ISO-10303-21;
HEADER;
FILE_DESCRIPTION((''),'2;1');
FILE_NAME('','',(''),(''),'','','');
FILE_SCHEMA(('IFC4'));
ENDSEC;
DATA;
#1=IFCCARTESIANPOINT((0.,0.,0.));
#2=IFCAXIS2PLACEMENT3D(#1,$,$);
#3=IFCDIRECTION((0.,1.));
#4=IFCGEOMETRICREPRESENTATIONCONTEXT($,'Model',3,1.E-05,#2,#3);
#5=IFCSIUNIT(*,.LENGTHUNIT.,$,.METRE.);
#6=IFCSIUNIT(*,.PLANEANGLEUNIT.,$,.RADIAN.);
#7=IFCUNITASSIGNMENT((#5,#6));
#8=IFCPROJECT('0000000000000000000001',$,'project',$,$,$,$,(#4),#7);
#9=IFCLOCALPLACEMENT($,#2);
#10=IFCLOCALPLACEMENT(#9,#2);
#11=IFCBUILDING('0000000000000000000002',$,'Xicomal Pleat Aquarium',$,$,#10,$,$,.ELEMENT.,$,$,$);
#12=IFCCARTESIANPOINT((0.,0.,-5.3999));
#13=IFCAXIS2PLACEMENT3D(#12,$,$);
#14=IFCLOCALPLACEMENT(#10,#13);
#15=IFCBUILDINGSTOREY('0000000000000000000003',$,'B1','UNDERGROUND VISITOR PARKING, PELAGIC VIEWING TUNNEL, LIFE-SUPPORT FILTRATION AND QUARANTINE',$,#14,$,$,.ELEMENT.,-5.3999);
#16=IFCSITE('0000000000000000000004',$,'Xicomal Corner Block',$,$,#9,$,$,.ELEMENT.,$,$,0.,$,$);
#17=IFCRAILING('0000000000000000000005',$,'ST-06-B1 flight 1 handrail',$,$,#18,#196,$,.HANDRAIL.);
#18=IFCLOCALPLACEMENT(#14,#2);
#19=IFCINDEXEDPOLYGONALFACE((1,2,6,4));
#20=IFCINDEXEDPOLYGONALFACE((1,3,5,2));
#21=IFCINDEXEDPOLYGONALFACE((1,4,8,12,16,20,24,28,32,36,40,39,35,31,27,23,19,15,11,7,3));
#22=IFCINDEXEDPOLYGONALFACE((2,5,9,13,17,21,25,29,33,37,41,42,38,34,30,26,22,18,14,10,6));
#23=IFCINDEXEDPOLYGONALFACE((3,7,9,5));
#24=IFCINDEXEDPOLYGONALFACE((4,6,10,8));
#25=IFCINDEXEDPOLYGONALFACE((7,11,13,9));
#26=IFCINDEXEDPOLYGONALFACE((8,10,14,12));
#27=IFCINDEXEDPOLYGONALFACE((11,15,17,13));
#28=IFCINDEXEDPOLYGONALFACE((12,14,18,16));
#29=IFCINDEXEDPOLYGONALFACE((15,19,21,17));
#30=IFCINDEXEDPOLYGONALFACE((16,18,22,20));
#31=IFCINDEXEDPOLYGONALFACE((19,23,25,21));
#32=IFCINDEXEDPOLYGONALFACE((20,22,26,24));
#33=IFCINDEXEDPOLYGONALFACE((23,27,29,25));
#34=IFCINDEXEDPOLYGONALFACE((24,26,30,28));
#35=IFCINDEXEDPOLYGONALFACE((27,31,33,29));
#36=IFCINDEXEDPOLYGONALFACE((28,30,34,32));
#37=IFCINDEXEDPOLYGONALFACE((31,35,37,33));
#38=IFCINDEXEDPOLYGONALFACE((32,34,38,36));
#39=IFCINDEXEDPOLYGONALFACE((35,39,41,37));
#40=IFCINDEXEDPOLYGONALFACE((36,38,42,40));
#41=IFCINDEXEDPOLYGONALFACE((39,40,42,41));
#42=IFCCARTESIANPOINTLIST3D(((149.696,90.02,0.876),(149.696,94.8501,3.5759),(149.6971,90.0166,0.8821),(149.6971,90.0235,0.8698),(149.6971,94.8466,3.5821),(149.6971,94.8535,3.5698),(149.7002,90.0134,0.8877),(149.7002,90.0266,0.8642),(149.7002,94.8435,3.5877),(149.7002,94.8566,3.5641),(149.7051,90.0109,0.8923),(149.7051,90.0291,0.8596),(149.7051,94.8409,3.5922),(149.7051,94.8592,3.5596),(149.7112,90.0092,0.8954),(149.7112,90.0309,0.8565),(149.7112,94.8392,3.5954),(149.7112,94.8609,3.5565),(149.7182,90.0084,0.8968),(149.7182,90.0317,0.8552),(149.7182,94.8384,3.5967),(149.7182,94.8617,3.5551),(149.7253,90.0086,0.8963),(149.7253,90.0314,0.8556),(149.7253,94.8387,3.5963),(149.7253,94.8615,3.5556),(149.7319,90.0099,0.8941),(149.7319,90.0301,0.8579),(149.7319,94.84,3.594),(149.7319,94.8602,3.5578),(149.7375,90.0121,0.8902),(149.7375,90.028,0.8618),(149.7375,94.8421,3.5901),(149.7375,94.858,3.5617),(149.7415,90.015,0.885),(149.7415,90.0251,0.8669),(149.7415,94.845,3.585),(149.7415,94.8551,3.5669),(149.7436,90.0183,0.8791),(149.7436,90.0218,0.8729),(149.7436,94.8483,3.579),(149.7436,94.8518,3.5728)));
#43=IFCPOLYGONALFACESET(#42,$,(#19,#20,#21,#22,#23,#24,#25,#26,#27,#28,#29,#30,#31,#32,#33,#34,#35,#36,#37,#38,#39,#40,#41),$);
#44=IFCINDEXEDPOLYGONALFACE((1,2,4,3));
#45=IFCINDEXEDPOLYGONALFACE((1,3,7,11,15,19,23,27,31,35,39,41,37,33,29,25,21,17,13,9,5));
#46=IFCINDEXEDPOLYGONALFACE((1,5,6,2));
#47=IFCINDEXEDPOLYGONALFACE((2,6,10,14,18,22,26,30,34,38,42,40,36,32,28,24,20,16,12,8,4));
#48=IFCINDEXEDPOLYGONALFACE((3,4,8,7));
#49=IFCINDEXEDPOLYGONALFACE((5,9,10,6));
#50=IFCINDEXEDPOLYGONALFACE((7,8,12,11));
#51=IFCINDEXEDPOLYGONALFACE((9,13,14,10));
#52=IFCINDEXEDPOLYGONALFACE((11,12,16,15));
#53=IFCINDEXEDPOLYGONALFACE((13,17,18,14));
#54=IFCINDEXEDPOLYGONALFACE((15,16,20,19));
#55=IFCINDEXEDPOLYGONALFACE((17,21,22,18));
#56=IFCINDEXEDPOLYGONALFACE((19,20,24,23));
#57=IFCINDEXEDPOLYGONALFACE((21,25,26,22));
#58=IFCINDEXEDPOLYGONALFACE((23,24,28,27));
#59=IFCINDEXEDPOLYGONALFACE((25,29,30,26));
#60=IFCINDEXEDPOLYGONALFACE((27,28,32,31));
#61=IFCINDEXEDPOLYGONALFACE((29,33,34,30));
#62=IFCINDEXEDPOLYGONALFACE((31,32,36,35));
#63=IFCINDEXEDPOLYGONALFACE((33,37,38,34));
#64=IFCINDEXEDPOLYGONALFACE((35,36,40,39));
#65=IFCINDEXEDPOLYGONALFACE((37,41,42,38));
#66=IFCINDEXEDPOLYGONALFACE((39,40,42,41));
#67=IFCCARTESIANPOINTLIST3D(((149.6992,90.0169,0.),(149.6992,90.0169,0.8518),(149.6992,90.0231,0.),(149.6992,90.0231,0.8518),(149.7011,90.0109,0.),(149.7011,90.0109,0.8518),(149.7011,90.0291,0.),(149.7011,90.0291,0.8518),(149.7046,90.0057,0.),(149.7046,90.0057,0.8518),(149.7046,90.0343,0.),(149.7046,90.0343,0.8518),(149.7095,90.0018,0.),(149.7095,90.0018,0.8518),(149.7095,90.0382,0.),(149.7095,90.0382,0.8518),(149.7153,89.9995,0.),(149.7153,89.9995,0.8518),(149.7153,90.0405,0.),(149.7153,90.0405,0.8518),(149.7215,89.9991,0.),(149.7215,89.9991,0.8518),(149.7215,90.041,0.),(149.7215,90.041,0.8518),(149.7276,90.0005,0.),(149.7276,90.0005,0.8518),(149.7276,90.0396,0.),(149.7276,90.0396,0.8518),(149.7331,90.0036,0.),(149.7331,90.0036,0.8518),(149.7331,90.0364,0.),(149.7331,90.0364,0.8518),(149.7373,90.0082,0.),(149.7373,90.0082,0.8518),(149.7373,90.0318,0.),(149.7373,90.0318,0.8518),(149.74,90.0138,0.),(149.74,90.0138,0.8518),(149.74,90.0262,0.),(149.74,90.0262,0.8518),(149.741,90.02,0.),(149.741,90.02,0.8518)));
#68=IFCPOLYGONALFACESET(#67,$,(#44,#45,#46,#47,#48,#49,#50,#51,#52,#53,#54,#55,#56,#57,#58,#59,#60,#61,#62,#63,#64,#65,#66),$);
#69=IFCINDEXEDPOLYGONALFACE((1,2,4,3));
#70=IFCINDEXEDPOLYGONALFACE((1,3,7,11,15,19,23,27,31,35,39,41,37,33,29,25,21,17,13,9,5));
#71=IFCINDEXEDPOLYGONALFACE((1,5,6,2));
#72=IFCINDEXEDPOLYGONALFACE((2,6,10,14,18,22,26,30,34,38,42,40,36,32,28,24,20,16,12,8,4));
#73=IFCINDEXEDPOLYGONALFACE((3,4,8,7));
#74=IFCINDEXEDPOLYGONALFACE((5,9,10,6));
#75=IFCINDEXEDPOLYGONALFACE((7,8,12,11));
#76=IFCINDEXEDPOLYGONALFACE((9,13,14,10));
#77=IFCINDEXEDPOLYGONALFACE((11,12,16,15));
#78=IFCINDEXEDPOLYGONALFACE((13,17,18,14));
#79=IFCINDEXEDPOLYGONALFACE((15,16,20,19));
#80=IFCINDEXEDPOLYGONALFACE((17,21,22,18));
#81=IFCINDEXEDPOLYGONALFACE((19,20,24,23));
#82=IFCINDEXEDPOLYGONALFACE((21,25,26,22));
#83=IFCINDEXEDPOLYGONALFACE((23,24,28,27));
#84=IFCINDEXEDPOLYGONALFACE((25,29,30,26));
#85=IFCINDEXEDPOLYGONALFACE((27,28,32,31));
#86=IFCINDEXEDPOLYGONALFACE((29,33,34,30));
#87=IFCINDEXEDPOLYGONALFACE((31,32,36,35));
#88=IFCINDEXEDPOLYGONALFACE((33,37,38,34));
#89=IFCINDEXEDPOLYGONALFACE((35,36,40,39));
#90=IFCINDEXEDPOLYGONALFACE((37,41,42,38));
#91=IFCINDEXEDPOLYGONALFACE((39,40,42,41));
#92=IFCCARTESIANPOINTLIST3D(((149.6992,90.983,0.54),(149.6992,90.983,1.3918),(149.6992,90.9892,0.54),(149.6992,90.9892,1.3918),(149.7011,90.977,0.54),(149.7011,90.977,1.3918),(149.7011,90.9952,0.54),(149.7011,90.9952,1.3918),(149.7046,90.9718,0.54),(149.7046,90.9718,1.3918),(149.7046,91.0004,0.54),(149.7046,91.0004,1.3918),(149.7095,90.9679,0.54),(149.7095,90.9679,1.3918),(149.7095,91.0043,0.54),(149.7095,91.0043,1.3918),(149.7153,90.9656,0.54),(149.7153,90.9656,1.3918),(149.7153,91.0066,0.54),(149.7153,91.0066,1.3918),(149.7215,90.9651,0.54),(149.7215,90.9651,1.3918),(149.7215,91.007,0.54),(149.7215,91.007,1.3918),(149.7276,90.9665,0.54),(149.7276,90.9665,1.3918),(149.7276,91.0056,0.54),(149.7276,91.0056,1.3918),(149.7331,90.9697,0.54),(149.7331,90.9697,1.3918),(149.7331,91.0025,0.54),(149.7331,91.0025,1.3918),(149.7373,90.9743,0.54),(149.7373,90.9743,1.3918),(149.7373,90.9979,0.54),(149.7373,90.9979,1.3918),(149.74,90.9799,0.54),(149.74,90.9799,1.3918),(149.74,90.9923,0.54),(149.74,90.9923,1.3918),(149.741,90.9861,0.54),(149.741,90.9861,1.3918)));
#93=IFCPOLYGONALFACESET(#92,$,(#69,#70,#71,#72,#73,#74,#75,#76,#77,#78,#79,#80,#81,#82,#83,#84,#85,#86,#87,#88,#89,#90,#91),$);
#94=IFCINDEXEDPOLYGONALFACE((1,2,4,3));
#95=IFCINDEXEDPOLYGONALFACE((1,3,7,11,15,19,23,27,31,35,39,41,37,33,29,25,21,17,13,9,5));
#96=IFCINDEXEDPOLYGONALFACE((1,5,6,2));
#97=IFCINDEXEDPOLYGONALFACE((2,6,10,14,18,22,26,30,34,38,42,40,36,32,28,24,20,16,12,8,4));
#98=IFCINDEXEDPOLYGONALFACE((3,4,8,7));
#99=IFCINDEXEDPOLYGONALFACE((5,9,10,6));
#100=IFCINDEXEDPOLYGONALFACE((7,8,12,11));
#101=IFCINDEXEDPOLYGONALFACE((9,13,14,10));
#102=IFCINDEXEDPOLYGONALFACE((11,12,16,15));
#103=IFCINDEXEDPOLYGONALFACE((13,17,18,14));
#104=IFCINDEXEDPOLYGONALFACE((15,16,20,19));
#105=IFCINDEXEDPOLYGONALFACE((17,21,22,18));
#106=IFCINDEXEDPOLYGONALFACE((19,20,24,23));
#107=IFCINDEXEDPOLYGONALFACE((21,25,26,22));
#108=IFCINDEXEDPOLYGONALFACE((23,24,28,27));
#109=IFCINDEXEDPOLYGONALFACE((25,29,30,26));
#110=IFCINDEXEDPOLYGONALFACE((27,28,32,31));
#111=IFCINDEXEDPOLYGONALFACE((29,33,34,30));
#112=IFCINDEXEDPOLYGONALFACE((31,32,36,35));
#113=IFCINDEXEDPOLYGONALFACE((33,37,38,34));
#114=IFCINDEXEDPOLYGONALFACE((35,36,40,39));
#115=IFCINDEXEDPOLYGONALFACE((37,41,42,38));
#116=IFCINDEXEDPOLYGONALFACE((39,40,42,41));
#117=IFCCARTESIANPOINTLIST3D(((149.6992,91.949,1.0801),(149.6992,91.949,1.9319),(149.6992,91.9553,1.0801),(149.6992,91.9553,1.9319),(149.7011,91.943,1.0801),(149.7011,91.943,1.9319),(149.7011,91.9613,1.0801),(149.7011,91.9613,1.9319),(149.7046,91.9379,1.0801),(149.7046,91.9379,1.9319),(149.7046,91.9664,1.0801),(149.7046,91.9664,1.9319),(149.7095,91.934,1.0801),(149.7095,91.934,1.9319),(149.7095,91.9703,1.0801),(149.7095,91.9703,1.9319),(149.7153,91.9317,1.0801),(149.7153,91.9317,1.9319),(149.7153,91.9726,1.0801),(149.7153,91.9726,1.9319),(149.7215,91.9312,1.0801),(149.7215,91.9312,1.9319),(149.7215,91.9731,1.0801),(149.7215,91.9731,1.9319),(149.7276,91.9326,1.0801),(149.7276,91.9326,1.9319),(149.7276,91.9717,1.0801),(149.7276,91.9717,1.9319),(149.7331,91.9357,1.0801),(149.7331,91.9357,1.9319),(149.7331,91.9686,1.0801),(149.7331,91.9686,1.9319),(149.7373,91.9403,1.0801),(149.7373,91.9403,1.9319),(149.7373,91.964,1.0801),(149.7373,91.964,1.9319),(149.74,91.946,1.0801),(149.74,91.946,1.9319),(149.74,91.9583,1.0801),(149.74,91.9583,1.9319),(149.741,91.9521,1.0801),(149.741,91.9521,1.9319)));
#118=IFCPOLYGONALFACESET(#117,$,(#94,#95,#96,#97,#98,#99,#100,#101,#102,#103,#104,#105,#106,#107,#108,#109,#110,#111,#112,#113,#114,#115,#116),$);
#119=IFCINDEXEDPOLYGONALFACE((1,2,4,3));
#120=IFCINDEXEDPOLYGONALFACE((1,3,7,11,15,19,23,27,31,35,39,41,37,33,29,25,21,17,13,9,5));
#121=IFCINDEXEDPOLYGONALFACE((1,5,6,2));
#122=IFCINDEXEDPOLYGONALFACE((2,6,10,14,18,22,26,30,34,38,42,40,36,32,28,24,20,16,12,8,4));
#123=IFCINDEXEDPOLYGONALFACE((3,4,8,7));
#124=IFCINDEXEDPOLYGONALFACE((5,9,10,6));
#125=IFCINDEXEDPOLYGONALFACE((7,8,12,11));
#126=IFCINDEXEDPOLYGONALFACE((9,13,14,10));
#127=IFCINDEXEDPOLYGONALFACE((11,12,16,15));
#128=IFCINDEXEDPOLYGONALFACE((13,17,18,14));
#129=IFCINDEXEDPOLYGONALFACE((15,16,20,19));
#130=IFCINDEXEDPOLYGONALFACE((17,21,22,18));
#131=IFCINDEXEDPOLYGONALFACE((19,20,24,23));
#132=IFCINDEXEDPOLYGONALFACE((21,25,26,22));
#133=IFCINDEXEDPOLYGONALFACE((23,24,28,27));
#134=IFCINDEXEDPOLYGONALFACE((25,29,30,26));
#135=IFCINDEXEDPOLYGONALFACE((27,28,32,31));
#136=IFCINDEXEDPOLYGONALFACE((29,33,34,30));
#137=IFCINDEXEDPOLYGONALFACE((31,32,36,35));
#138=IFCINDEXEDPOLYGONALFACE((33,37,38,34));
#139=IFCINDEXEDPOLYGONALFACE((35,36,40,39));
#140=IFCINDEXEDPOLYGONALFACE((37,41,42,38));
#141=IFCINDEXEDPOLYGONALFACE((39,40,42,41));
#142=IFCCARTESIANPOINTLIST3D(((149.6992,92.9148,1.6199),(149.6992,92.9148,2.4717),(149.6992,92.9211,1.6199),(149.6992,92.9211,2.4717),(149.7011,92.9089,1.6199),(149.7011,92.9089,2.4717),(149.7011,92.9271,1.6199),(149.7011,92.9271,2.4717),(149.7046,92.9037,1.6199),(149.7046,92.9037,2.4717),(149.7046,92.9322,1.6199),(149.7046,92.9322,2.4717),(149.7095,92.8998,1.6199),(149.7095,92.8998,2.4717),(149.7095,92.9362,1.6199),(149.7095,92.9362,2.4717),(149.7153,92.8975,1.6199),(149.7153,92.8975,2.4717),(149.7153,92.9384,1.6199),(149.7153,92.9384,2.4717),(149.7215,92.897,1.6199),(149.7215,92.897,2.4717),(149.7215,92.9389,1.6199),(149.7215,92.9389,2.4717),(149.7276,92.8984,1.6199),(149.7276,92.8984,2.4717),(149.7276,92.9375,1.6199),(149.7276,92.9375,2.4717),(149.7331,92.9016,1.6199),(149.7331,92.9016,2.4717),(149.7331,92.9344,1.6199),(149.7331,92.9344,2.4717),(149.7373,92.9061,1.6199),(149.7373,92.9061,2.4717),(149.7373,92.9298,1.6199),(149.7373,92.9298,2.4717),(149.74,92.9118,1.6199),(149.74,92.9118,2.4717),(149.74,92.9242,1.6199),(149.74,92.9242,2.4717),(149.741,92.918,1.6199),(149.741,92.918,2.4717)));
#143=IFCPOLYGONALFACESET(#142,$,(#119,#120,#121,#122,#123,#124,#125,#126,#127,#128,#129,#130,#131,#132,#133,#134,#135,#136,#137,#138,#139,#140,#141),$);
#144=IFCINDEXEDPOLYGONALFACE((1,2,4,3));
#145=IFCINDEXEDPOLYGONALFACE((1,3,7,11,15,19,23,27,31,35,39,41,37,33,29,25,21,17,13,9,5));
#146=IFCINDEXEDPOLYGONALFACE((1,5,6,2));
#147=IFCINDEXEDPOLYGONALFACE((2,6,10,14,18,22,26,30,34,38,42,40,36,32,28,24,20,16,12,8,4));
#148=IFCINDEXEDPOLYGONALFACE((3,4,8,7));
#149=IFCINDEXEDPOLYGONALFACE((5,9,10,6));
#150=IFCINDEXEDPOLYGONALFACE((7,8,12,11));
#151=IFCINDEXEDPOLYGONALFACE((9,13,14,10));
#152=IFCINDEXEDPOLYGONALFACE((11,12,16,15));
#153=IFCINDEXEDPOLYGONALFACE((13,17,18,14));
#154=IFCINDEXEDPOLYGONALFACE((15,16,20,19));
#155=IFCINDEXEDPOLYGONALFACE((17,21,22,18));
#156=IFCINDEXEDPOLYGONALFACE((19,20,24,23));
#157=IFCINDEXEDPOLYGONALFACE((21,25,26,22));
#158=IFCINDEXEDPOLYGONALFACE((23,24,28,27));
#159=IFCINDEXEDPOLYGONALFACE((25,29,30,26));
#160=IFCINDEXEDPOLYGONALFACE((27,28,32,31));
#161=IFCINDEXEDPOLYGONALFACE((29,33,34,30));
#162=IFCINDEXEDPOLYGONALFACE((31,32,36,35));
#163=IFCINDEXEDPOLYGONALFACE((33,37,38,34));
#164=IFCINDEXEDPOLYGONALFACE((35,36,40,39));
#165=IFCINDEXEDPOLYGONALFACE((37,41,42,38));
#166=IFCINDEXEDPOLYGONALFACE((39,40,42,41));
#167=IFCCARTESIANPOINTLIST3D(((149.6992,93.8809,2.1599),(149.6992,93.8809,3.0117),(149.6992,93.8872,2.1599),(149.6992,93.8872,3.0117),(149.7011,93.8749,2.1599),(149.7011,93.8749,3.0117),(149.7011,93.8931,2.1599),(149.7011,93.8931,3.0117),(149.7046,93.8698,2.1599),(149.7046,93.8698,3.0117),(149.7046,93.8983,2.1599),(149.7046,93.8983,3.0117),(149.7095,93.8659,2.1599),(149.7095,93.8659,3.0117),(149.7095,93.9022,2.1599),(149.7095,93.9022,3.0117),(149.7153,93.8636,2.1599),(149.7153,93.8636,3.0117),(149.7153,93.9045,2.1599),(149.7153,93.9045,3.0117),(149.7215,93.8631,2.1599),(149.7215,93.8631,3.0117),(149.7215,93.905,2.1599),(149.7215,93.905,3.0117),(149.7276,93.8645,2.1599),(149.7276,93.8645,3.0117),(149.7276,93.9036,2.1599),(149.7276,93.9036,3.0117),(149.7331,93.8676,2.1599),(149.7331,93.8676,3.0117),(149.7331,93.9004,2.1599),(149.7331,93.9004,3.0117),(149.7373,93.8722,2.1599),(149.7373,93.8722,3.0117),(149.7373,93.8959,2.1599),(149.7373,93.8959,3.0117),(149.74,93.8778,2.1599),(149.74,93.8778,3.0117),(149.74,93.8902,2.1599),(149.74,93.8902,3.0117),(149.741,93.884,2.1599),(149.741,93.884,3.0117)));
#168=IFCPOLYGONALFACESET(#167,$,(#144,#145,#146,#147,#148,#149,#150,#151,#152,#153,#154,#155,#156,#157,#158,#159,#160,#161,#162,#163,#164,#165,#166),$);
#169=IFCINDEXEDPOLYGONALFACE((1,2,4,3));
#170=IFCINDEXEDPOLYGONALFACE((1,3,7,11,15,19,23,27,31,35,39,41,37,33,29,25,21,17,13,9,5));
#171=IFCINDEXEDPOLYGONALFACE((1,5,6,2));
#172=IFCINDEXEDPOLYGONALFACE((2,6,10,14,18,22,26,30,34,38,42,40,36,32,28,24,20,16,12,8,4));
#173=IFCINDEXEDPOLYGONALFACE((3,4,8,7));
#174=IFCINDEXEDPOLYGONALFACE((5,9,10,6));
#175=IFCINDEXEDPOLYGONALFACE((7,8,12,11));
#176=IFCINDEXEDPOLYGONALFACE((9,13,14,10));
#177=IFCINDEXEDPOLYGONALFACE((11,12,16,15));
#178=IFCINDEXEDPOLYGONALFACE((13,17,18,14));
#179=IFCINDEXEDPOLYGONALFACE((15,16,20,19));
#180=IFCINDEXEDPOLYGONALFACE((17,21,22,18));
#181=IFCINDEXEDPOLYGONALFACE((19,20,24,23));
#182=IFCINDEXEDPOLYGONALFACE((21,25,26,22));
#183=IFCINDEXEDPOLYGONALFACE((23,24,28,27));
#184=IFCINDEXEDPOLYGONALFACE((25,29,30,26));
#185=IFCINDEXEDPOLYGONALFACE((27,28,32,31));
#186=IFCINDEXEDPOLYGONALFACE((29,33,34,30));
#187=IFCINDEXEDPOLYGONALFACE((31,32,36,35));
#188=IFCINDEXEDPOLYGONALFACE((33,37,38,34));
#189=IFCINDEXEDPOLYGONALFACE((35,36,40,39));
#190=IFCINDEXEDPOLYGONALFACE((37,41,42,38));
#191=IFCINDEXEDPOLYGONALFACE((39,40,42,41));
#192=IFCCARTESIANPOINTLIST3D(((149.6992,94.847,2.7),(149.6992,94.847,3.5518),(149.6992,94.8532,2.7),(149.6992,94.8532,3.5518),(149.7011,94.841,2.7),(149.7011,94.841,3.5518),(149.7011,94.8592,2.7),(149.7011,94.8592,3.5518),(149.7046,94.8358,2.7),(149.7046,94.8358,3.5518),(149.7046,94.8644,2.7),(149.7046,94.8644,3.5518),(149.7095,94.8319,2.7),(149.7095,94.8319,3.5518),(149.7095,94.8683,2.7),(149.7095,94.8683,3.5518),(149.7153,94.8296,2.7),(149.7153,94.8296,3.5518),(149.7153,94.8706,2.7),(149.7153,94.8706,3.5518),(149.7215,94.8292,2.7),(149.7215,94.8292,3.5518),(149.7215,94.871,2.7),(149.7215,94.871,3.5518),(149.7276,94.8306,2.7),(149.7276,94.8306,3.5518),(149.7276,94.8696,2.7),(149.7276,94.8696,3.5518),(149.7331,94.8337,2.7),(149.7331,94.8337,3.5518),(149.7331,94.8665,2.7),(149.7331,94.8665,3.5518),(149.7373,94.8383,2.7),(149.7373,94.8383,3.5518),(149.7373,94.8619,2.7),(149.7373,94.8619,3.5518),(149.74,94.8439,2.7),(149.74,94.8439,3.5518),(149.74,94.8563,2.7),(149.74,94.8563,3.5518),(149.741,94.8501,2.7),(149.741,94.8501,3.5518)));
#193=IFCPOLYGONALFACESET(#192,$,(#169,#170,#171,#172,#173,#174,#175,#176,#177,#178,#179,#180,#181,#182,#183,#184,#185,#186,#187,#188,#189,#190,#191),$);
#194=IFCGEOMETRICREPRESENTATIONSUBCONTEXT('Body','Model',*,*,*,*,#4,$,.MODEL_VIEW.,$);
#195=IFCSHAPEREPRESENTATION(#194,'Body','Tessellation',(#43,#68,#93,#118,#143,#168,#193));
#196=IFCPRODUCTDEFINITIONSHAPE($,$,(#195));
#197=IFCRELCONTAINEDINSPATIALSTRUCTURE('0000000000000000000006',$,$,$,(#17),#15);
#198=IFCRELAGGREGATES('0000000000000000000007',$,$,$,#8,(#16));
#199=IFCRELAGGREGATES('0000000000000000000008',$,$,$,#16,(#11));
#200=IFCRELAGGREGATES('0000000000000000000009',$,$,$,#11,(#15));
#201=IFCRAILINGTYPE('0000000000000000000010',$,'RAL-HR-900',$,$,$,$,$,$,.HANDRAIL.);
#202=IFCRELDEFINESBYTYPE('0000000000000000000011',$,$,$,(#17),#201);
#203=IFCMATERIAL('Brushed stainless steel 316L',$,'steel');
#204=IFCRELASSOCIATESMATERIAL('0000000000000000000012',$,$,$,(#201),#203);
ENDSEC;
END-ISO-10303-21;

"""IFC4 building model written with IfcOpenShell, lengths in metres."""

from ifc_helpers import new_model, si_unit, direction, frame, origin, origin_2d, place, context, subcontext, project, spatial, circle, extrude, material, type_object, element, save


model = new_model("IFC4")

# Units and contexts
model_context = context("Model", 3, precision=1e-05, world=origin(), true_north=direction((0.0, 1.0)))
body_context = subcontext(model_context, "Body", "Model", "MODEL_VIEW")
ifc_project = project(units=[si_unit("LENGTHUNIT", "METRE"), si_unit("PLANEANGLEUNIT", "RADIAN")], contexts=[model_context])

# Site, building, storey
site_placement = place(None, origin())
site = spatial("IfcSite", under=ifc_project, at=site_placement, Name="Xicomal Corner Block", CompositionType="ELEMENT", RefElevation=0.0)
building_placement = place(site_placement, origin())
building = spatial("IfcBuilding", under=site, at=building_placement, Name="Xicomal Pleat Aquarium", CompositionType="ELEMENT")
storey_placement = place(building_placement, frame((0.0, 0.0, -5.3999)))
storey = spatial("IfcBuildingStorey", under=building, at=storey_placement, Name="B1", Description="UNDERGROUND VISITOR PARKING, PELAGIC VIEWING TUNNEL, LIFE-SUPPORT FILTRATION AND QUARANTINE", CompositionType="ELEMENT", Elevation=-5.3999)

# Railing
ifc_material_1 = material(Name="Brushed stainless steel 316L", Category="steel")
railing_type_1 = type_object("IfcRailingType", Name="RAL-HR-900", PredefinedType="HANDRAIL", material=ifc_material_1)
railing_1_placement = place(storey_placement, frame((149.72, 90.02, 0.0)))
element("IfcRailing", 1, at=railing_1_placement, inside=storey, type_object=railing_type_1, Name="ST-06-B1 flight 1 handrail", PredefinedType="HANDRAIL", context=body_context, shape_type="SweptSolid", body=[
    extrude(circle(Radius=0.0239, at=origin_2d()), frame((0.0, 0.0, 0.876), z_axis=(0.0, 0.872883, 0.48793), x_axis=(-1.0, 0.0, 0.0)), (0.0, 0.0, 1.0), 5.5334),
    extrude(circle(Radius=0.021, at=origin_2d()), origin(), (0.0, 0.0, 1.0), 0.8518),
    extrude(circle(Radius=0.021, at=origin_2d()), frame((0.0, 0.9661, 0.54)), (0.0, 0.0, 1.0), 0.8518),
    extrude(circle(Radius=0.021, at=origin_2d()), frame((0.0, 1.9321, 1.0801)), (0.0, 0.0, 1.0), 0.8518),
    extrude(circle(Radius=0.021, at=origin_2d()), frame((0.0, 2.8979, 1.6199)), (0.0, 0.0, 1.0), 0.8518),
    extrude(circle(Radius=0.021, at=origin_2d()), frame((0.0, 3.864, 2.1599)), (0.0, 0.0, 1.0), 0.8518),
    extrude(circle(Radius=0.021, at=origin_2d()), frame((0.0, 4.8301, 2.7)), (0.0, 0.0, 1.0), 0.8518),
])

save(model, "model.ifc")
